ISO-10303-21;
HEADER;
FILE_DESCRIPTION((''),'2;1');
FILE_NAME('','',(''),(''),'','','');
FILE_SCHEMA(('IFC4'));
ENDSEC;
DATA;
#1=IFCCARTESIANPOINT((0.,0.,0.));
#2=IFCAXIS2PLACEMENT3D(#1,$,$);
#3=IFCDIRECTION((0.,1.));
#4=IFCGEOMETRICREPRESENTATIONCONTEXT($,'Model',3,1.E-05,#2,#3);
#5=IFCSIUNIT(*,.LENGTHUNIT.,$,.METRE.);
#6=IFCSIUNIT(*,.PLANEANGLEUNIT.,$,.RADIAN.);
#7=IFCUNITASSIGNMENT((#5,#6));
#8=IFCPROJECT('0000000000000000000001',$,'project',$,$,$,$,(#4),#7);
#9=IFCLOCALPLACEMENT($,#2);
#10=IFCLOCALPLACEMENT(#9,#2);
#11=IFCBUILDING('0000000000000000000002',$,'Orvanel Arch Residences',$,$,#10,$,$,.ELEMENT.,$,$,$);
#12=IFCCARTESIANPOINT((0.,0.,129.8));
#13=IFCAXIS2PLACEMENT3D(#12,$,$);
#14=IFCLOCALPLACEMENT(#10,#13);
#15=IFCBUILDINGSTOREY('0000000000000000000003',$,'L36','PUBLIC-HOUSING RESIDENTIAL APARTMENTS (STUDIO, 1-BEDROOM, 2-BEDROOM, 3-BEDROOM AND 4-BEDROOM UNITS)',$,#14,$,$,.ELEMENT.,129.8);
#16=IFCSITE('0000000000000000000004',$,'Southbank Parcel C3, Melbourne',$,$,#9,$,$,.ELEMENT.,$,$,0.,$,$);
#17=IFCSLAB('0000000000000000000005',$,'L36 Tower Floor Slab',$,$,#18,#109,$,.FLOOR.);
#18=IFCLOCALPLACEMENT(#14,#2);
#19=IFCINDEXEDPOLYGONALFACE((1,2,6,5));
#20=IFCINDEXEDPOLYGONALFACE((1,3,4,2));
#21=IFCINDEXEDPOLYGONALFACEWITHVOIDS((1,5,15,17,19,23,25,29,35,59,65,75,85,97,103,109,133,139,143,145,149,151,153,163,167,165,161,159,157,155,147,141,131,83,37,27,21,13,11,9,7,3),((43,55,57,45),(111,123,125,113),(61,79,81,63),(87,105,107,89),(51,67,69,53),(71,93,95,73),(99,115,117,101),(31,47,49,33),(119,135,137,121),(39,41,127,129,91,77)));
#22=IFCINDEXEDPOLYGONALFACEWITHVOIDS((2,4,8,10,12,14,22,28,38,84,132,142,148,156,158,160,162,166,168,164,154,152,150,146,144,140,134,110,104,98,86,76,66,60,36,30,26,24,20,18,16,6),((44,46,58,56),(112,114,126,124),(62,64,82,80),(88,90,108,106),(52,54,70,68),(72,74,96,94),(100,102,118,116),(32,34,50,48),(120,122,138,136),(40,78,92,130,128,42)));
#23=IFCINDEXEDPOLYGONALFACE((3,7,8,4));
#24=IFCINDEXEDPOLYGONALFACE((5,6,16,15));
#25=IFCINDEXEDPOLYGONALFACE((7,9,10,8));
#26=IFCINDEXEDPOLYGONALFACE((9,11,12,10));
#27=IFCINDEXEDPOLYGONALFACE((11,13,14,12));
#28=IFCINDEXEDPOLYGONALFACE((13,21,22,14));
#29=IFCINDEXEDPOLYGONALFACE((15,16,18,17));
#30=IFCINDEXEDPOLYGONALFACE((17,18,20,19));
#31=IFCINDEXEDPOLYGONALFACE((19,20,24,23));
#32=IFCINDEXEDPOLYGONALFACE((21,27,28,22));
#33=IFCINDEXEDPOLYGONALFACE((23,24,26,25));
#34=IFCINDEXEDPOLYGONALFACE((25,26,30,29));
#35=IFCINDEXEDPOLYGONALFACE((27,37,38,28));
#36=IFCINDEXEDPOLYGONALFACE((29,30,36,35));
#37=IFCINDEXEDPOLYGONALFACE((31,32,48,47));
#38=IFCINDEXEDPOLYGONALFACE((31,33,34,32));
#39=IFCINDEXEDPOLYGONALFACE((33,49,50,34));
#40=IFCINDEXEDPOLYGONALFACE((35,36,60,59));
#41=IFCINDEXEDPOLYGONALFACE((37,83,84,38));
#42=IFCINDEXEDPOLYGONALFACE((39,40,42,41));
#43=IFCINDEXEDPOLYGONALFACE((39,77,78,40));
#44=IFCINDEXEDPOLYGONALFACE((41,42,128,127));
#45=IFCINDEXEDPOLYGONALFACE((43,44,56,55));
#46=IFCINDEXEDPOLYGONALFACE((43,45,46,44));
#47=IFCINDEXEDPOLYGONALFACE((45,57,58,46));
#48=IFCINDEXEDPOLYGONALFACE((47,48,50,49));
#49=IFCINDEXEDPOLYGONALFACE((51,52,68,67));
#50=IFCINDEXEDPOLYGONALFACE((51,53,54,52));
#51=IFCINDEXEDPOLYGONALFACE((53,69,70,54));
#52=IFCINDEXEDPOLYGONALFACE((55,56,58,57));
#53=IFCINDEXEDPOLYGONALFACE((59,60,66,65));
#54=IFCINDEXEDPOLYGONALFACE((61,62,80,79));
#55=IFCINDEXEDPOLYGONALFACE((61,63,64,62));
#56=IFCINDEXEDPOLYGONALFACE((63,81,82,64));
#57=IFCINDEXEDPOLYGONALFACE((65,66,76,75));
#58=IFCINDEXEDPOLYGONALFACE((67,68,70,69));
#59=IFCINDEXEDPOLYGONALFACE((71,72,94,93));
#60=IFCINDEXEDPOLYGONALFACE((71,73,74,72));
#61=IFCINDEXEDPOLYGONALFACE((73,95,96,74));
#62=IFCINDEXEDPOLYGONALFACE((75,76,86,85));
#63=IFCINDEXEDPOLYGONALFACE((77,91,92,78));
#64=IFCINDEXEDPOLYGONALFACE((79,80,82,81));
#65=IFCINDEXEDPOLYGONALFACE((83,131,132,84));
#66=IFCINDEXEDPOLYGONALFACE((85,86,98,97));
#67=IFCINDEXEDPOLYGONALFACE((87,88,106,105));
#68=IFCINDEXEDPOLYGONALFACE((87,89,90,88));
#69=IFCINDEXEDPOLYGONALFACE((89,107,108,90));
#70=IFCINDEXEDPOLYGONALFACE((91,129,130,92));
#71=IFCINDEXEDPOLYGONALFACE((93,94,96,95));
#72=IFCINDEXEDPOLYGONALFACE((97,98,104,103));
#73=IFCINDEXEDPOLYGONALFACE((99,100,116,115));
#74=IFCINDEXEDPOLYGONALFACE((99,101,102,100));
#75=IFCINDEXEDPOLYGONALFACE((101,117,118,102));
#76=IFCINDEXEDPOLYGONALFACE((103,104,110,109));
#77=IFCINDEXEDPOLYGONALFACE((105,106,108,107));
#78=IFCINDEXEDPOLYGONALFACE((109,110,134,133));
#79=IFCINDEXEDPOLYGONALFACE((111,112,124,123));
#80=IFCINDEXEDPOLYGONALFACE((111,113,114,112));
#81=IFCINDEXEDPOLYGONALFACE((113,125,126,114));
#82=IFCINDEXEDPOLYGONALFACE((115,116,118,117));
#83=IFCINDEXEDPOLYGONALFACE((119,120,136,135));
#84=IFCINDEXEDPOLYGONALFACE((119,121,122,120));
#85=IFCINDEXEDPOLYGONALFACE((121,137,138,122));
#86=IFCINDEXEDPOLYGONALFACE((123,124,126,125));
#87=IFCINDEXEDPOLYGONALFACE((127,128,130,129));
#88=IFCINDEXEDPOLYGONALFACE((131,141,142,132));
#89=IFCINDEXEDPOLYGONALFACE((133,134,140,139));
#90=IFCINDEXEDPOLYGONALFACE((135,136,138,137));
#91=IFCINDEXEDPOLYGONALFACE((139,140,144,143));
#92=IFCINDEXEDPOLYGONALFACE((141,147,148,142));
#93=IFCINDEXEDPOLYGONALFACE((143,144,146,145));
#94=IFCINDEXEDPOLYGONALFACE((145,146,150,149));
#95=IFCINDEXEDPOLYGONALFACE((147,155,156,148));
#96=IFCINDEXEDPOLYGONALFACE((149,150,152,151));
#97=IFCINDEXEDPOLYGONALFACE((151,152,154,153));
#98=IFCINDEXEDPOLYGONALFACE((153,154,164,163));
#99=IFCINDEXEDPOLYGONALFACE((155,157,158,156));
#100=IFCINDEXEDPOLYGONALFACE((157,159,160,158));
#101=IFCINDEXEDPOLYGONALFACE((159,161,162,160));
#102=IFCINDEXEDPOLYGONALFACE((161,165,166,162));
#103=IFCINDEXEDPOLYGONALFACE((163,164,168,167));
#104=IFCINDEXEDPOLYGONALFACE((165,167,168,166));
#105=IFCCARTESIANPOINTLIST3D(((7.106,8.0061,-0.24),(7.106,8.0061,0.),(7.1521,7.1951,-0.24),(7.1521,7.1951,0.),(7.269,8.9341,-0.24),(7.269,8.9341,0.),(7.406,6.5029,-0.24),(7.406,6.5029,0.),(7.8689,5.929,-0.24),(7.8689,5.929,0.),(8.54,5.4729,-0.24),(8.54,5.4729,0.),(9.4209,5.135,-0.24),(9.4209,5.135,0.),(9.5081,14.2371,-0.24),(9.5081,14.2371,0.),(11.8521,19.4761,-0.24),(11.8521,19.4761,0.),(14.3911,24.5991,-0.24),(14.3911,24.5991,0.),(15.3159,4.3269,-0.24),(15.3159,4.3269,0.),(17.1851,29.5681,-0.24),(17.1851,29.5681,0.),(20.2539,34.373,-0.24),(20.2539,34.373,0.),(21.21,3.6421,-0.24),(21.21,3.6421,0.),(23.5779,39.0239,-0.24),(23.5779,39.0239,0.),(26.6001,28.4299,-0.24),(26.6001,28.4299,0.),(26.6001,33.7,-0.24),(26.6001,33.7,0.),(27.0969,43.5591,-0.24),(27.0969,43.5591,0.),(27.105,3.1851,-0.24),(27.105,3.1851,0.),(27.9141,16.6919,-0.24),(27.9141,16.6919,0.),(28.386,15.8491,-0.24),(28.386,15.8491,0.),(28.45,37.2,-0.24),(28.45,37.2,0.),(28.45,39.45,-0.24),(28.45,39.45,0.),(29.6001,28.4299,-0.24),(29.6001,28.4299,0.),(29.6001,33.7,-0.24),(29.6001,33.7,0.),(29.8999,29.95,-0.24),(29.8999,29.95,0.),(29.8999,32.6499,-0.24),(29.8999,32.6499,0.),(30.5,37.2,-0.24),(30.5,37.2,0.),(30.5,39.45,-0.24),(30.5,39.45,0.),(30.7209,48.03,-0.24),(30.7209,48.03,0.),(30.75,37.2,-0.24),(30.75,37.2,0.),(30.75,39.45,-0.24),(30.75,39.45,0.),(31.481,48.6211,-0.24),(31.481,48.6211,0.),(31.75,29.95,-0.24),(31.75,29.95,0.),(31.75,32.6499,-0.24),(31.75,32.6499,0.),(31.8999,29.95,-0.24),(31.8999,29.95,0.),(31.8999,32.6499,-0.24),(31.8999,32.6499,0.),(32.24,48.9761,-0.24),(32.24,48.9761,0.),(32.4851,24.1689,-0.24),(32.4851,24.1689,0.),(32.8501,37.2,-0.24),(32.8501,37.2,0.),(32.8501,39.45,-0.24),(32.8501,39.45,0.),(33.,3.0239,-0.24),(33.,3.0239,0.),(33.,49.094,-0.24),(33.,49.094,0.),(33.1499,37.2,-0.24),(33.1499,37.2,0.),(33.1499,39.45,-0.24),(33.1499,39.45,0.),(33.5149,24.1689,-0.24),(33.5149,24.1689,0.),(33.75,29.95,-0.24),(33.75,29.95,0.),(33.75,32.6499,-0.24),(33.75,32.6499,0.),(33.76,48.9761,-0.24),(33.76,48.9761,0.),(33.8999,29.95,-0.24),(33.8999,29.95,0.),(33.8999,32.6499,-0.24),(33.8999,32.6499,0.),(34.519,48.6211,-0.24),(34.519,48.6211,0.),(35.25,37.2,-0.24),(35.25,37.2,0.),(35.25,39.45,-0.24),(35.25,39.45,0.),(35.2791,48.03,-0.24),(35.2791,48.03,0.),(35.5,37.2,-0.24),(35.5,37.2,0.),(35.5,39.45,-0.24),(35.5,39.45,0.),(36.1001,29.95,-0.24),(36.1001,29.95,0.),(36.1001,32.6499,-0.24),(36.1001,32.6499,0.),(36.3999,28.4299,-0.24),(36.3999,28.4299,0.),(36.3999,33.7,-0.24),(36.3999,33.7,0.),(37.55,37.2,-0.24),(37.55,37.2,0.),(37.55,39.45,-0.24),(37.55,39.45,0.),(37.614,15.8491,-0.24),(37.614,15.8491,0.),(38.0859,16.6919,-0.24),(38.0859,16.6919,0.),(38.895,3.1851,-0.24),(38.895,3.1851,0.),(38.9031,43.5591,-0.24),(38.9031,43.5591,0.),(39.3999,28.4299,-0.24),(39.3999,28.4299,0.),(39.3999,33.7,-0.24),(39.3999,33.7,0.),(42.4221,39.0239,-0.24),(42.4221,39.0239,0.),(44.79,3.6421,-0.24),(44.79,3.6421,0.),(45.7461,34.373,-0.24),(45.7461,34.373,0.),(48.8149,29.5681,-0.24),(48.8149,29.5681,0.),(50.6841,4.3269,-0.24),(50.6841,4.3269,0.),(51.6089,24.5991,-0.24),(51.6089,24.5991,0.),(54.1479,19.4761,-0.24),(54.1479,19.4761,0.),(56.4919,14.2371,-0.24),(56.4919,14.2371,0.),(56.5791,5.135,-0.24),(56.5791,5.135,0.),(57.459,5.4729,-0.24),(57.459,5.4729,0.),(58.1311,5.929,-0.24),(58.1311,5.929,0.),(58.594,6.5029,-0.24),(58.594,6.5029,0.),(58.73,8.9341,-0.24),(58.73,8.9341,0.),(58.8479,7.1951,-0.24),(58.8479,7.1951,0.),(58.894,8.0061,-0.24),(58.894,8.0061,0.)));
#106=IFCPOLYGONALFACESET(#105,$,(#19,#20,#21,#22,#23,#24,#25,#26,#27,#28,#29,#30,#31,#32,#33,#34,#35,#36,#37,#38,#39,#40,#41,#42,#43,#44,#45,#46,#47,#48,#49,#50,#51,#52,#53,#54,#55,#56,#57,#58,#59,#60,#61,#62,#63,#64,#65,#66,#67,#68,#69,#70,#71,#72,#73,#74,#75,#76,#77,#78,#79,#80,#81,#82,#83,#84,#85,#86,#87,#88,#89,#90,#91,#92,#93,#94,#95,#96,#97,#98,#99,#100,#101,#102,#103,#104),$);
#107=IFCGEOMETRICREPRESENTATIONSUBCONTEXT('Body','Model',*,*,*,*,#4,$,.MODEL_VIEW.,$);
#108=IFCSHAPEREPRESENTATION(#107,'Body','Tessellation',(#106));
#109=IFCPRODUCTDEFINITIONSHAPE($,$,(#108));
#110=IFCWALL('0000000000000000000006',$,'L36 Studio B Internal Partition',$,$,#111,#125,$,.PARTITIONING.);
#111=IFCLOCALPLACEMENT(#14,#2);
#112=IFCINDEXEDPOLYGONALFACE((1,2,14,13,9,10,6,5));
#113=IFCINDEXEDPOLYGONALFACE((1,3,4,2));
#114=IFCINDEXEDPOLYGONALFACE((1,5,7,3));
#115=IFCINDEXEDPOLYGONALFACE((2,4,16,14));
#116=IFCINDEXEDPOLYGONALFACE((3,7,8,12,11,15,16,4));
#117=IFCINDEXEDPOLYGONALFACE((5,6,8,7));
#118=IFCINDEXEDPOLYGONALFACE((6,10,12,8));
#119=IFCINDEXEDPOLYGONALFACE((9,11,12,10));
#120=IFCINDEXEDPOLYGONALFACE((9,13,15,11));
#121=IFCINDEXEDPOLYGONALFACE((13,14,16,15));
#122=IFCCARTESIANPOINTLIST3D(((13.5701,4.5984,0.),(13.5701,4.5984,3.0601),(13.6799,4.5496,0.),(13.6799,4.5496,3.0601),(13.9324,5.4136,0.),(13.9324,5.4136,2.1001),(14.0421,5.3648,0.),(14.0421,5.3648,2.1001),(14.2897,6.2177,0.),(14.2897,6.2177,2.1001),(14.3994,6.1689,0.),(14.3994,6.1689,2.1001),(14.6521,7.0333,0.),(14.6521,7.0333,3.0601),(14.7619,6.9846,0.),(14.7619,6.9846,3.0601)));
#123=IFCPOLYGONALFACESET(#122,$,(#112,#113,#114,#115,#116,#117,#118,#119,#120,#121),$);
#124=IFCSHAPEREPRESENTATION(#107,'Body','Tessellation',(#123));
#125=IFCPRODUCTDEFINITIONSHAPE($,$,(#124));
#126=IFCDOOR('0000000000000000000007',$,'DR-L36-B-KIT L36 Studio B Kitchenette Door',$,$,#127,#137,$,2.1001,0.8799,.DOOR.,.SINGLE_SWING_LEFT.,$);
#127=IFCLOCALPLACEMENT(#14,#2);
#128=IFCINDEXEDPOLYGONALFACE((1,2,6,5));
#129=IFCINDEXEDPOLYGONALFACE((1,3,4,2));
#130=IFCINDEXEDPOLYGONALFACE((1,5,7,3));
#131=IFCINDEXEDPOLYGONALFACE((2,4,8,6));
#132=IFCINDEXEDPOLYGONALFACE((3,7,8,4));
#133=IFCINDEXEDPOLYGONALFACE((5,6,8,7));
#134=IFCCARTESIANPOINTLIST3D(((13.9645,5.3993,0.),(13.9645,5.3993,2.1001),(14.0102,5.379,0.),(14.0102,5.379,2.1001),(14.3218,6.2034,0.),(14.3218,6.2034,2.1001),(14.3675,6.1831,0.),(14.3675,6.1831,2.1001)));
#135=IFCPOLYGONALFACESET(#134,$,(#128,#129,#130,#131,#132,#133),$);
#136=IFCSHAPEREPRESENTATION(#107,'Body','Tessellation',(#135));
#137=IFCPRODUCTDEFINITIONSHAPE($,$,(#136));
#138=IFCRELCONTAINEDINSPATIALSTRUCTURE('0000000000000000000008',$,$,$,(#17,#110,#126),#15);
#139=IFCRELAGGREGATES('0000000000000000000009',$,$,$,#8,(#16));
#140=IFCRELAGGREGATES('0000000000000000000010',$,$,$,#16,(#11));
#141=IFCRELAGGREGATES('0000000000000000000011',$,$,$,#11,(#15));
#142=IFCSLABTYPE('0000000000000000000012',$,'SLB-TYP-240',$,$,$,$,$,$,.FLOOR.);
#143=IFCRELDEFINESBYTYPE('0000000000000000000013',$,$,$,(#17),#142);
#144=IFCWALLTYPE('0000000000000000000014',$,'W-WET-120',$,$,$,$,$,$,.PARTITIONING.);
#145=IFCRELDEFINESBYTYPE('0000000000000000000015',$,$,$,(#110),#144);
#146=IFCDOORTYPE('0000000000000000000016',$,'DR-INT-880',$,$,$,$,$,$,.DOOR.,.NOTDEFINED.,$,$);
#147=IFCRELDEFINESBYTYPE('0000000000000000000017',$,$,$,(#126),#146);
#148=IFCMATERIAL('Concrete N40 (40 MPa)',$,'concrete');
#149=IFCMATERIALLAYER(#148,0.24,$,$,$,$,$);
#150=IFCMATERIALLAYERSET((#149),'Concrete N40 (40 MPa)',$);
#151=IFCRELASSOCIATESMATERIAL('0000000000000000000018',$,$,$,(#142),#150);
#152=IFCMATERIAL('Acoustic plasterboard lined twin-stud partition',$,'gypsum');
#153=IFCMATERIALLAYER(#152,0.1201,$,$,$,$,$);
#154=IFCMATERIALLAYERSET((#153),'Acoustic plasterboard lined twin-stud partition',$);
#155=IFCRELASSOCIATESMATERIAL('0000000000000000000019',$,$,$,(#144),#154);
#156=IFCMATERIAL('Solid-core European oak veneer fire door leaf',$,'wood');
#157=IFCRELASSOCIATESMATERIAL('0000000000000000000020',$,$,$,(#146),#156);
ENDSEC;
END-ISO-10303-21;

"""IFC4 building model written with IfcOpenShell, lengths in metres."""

from ifc_helpers import new_model, si_unit, direction, frame, frame_2d, origin, place, context, subcontext, project, spatial, polyline, rectangle, outline, extrude, material, layer, layer_set, type_object, element, fill, save


model = new_model("IFC4")

# Units and contexts
model_context = context("Model", 3, precision=1e-05, world=origin(), true_north=direction((0.0, 1.0)))
body_context = subcontext(model_context, "Body", "Model", "MODEL_VIEW")
ifc_project = project(units=[si_unit("LENGTHUNIT", "METRE"), si_unit("PLANEANGLEUNIT", "RADIAN")], contexts=[model_context])

# Site, building, storey
site_placement = place(None, origin())
site = spatial("IfcSite", under=ifc_project, at=site_placement, Name="Southbank Parcel C3, Melbourne", CompositionType="ELEMENT", RefElevation=0.0)
building_placement = place(site_placement, origin())
building = spatial("IfcBuilding", under=site, at=building_placement, Name="Orvanel Arch Residences", CompositionType="ELEMENT")
storey_placement = place(building_placement, frame((0.0, 0.0, 129.8)))
storey = spatial("IfcBuildingStorey", under=building, at=storey_placement, Name="L36", Description="PUBLIC-HOUSING RESIDENTIAL APARTMENTS (STUDIO, 1-BEDROOM, 2-BEDROOM, 3-BEDROOM AND 4-BEDROOM UNITS)", CompositionType="ELEMENT", Elevation=129.8)

# Shared definitions
ifc_material_1 = material(Name="Concrete N40 (40 MPa)", Category="concrete")

# Slab
ifc_layer_1 = layer(ifc_material_1, 0.24)
ifc_layer_set_1 = layer_set([ifc_layer_1], Name="Concrete N40 (40 MPa)")
slab_type_1 = type_object("IfcSlabType", Name="SLB-TYP-240", PredefinedType="FLOOR", material=ifc_layer_set_1)
slab_1_placement = place(storey_placement, frame((0.0, 0.0, -0.24)))
element("IfcSlab", 1, at=slab_1_placement, inside=storey, type_object=slab_type_1, Name="L36 Tower Floor Slab", PredefinedType="FLOOR", context=body_context, shape_type="SweptSolid", body=[
    extrude(outline(polyline([(35.2791, 48.03), (34.519, 48.6211), (33.76, 48.9761), (33.0, 49.094), (32.24, 48.9761), (31.481, 48.6211), (30.7209, 48.03), (27.0969, 43.5591), (23.5779, 39.0239), (20.2539, 34.373), (17.1851, 29.5681), (14.3911, 24.5991), (11.8521, 19.4761), (9.5081, 14.2371), (7.269, 8.9341), (7.106, 8.0061), (7.1521, 7.1951), (7.406, 6.5029), (7.8689, 5.929), (8.54, 5.4729), (9.4209, 5.135), (15.3159, 4.3269), (21.21, 3.6421), (27.105, 3.1851), (33.0, 3.0239), (38.895, 3.1851), (44.79, 3.6421), (50.6841, 4.3269), (56.5791, 5.135), (57.459, 5.4729), (58.1311, 5.929), (58.594, 6.5029), (58.8479, 7.1951), (58.894, 8.0061), (58.73, 8.9341), (56.4919, 14.2371), (54.1479, 19.4761), (51.6089, 24.5991), (48.8149, 29.5681), (45.7461, 34.373), (42.4221, 39.0239), (38.9031, 43.5591), (35.2791, 48.03)]), holes=[polyline([(26.6001, 28.4299), (26.6001, 33.7), (29.6001, 33.7), (29.6001, 28.4299), (26.6001, 28.4299)]), polyline([(36.3999, 28.4299), (36.3999, 33.7), (39.3999, 33.7), (39.3999, 28.4299), (36.3999, 28.4299)]), polyline([(29.8999, 32.6499), (31.75, 32.6499), (31.75, 29.95), (29.8999, 29.95), (29.8999, 32.6499)]), polyline([(31.8999, 32.6499), (33.75, 32.6499), (33.75, 29.95), (31.8999, 29.95), (31.8999, 32.6499)]), polyline([(33.8999, 32.6499), (36.1001, 32.6499), (36.1001, 29.95), (33.8999, 29.95), (33.8999, 32.6499)]), polyline([(28.45, 39.45), (30.5, 39.45), (30.5, 37.2), (28.45, 37.2), (28.45, 39.45)]), polyline([(35.5, 39.45), (37.55, 39.45), (37.55, 37.2), (35.5, 37.2), (35.5, 39.45)]), polyline([(30.75, 39.45), (32.8501, 39.45), (32.8501, 37.2), (30.75, 37.2), (30.75, 39.45)]), polyline([(33.1499, 39.45), (35.25, 39.45), (35.25, 37.2), (33.1499, 37.2), (33.1499, 39.45)]), polyline([(38.0859, 16.6919), (37.614, 15.8491), (28.386, 15.8491), (27.9141, 16.6919), (32.4851, 24.1689), (33.5149, 24.1689), (38.0859, 16.6919)])]), origin(), (0.0, 0.0, 1.0), 0.24),
])

# Wall, opening, door
ifc_material_2 = material(Name="Acoustic plasterboard lined twin-stud partition", Category="gypsum")
ifc_layer_2 = layer(ifc_material_2, 0.1201)
ifc_layer_set_2 = layer_set([ifc_layer_2], Name="Acoustic plasterboard lined twin-stud partition")
wall_type = type_object("IfcWallType", Name="W-WET-120", PredefinedType="PARTITIONING", material=ifc_layer_set_2)
wall_placement = place(storey_placement, frame((13.625, 4.574, 0.0), z_axis=(0.0, 0.0, 1.0), x_axis=(0.40607, 0.913842, 0.0)))
wall = element("IfcWall", 2, at=wall_placement, inside=storey, type_object=wall_type, Name="L36 Studio B Internal Partition", PredefinedType="PARTITIONING", context=body_context, shape_type="SweptSolid", body=[
    extrude(rectangle(XDim=2.6646, YDim=0.1201, at=frame_2d((1.3323, 0.0))), origin(), (0.0, 0.0, 1.0), 3.0601),
])
opening_placement = place(wall_placement, frame((0.8921, 0.0, 0.0)))
opening = element("IfcOpeningElement", 3, at=opening_placement, cuts=wall, PredefinedType="OPENING", context=body_context, shape_type="SweptSolid", body=[
    extrude(rectangle(XDim=0.8799, YDim=2.1001, at=frame_2d((0.4399, 1.05))), frame((0.0, 0.0701, 0.0), z_axis=(0.0, -1.0, 0.0), x_axis=(1.0, 0.0, 0.0)), (0.0, 0.0, 1.0), 0.1401),
])
ifc_material_3 = material(Name="Solid-core European oak veneer fire door leaf", Category="wood")
door_type = type_object("IfcDoorType", Name="DR-INT-880", OperationType="NOTDEFINED", PredefinedType="DOOR", material=ifc_material_3)
door_placement = place(opening_placement, origin())
door = element("IfcDoor", 4, at=door_placement, inside=storey, type_object=door_type, Name="DR-L36-B-KIT L36 Studio B Kitchenette Door", OperationType="SINGLE_SWING_LEFT", OverallHeight=2.1001, OverallWidth=0.8799, PredefinedType="DOOR", context=body_context, shape_type="SweptSolid", body=[
    extrude(rectangle(XDim=0.8799, YDim=2.1001, at=frame_2d((0.4399, 1.05))), frame((0.0, 0.0249, 0.0), z_axis=(0.0, -1.0, 0.0), x_axis=(1.0, 0.0, 0.0)), (0.0, 0.0, 1.0), 0.05),
])
fill(opening, door)

save(model, "model.ifc")
